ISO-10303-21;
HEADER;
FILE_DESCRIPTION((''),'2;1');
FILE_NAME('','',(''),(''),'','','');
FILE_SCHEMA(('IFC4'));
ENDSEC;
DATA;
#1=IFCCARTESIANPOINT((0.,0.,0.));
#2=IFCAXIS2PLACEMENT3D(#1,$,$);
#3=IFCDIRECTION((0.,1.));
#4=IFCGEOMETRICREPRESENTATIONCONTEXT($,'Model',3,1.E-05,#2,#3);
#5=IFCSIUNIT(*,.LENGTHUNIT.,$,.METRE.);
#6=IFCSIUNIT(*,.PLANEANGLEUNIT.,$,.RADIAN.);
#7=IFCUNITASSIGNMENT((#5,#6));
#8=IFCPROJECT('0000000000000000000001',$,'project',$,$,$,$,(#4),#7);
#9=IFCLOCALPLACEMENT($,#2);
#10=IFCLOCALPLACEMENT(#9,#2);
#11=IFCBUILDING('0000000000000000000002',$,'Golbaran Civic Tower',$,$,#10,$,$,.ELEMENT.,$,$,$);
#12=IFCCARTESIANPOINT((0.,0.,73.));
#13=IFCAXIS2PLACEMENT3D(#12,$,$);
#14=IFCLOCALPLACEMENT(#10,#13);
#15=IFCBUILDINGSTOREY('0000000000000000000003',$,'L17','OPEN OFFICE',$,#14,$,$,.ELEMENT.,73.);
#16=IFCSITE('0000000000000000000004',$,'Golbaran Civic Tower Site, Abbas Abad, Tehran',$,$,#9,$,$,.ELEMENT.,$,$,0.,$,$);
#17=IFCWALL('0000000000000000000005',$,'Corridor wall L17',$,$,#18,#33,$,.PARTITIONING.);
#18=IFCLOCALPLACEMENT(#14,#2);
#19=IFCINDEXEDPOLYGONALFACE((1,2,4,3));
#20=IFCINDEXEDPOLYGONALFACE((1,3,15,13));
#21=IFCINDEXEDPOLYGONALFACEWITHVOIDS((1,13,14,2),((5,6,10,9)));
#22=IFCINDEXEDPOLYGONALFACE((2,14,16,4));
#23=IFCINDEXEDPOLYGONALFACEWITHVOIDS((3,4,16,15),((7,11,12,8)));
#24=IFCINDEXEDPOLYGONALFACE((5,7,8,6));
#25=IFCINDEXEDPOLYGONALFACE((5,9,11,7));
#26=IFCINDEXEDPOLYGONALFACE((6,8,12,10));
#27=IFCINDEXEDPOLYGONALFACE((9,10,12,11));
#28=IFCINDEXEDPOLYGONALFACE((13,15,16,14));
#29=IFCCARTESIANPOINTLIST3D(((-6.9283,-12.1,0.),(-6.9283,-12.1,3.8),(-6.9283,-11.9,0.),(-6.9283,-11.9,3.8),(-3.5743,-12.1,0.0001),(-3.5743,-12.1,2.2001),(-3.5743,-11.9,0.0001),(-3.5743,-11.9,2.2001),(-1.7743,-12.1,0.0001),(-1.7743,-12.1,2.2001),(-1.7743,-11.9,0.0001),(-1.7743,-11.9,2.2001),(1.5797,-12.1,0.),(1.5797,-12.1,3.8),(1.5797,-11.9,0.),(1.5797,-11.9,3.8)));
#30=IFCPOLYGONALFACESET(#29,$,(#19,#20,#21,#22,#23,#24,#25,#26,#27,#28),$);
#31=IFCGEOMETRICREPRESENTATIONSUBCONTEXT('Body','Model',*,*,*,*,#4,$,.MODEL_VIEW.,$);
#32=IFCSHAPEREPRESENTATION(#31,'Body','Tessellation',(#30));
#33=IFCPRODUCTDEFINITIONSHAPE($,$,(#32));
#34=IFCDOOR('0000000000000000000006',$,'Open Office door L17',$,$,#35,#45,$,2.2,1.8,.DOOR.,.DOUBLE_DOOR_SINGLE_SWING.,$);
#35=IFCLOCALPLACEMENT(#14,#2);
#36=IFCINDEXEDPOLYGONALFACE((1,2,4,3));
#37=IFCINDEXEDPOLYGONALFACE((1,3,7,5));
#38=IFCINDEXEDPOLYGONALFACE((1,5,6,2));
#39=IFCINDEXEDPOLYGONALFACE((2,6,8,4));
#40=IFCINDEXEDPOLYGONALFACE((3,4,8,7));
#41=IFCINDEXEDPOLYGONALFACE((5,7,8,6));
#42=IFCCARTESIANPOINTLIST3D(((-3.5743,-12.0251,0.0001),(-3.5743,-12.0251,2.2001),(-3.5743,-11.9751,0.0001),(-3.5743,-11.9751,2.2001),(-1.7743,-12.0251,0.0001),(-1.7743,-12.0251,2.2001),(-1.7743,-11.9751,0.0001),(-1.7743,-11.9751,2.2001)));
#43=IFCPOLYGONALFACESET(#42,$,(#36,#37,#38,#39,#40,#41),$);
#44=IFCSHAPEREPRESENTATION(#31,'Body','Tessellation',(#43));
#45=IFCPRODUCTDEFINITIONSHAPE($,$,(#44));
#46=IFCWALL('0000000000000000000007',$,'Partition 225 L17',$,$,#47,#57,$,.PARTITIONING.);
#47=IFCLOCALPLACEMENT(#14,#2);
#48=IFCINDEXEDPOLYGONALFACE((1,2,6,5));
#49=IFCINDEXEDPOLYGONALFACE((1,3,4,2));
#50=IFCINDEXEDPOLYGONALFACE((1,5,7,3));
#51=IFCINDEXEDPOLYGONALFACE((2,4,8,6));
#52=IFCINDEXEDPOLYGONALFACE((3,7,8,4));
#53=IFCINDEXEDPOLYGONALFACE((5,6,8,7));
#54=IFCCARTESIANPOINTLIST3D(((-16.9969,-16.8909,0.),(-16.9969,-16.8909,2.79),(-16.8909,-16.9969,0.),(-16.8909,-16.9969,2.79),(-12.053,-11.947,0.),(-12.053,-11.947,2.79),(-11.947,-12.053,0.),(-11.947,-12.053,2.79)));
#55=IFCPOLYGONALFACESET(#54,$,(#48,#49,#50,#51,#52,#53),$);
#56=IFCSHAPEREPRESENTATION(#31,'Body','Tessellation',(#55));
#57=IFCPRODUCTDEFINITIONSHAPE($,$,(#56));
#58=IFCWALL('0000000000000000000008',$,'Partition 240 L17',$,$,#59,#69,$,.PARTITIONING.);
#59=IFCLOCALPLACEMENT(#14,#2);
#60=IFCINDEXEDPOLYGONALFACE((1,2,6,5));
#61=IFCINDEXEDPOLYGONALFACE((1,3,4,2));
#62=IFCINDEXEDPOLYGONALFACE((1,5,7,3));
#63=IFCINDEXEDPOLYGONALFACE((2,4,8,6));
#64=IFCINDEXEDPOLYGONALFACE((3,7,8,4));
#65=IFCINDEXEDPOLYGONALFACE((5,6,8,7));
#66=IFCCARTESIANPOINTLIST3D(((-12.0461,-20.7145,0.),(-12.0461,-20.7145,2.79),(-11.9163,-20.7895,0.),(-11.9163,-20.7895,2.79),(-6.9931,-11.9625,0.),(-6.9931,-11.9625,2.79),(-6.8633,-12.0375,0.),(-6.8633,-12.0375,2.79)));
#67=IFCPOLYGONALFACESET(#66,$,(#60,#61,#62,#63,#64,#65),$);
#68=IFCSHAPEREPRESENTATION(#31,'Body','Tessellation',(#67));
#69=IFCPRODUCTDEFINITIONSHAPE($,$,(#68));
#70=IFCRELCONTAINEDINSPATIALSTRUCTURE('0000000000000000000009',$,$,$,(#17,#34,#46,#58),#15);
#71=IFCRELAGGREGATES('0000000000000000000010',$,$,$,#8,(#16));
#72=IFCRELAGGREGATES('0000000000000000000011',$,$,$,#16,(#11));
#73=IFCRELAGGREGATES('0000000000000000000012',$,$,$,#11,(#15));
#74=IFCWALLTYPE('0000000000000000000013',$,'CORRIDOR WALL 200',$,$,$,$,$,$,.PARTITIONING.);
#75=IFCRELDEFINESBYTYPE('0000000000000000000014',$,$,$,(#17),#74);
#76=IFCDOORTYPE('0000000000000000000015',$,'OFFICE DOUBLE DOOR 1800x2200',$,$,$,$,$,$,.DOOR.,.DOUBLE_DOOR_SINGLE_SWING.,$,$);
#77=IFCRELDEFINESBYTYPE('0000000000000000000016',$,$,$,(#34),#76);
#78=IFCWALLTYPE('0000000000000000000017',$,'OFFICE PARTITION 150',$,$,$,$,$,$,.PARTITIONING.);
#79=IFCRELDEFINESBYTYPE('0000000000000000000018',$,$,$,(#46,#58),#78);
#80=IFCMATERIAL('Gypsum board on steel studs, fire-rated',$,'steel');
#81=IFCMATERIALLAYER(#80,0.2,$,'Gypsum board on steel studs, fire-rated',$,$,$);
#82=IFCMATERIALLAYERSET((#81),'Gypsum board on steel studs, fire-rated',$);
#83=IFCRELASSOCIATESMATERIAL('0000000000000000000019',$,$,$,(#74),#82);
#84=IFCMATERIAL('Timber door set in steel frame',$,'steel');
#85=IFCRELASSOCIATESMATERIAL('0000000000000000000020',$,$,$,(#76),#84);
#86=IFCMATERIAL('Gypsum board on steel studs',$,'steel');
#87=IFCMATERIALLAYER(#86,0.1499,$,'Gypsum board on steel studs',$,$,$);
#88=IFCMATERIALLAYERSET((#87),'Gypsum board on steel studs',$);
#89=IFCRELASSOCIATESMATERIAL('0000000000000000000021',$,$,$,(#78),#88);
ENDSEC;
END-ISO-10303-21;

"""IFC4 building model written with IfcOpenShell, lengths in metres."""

from ifc_helpers import new_model, si_unit, direction, frame, frame_2d, origin, place, context, subcontext, project, spatial, rectangle, extrude, material, layer, layer_set, type_object, element, fill, save


model = new_model("IFC4")

# Units and contexts
model_context = context("Model", 3, precision=1e-05, world=origin(), true_north=direction((0.0, 1.0)))
body_context = subcontext(model_context, "Body", "Model", "MODEL_VIEW")
ifc_project = project(units=[si_unit("LENGTHUNIT", "METRE"), si_unit("PLANEANGLEUNIT", "RADIAN")], contexts=[model_context])

# Site, building, storey
site_placement = place(None, origin())
site = spatial("IfcSite", under=ifc_project, at=site_placement, Name="Golbaran Civic Tower Site, Abbas Abad, Tehran", CompositionType="ELEMENT", RefElevation=0.0)
building_placement = place(site_placement, origin())
building = spatial("IfcBuilding", under=site, at=building_placement, Name="Golbaran Civic Tower", CompositionType="ELEMENT")
storey_placement = place(building_placement, frame((0.0, 0.0, 73.0)))
storey = spatial("IfcBuildingStorey", under=building, at=storey_placement, Name="L17", Description="OPEN OFFICE", CompositionType="ELEMENT", Elevation=73.0)

# Wall, opening, door
ifc_material_1 = material(Name="Timber door set in steel frame", Category="steel")
ifc_material_2 = material(Name="Gypsum board on steel studs, fire-rated", Category="steel")
ifc_layer_1 = layer(ifc_material_2, 0.2, Name="Gypsum board on steel studs, fire-rated")
ifc_layer_set_1 = layer_set([ifc_layer_1], Name="Gypsum board on steel studs, fire-rated")
wall_type_1 = type_object("IfcWallType", Name="CORRIDOR WALL 200", PredefinedType="PARTITIONING", material=ifc_layer_set_1)
wall_1_placement = place(storey_placement, frame((-6.9282, -12.0, 0.0), z_axis=(0.0, 0.0, 1.0), x_axis=(1.0, 0.0, 0.0)))
wall_1 = element("IfcWall", 1, at=wall_1_placement, inside=storey, type_object=wall_type_1, Name="Corridor wall L17", PredefinedType="PARTITIONING", context=body_context, shape_type="SweptSolid", body=[
    extrude(rectangle(XDim=8.5081, YDim=0.2, at=frame_2d((4.2539, 0.0))), origin(), (0.0, 0.0, 1.0), 3.8),
])
opening_1_placement = place(wall_1_placement, frame((3.354, 0.0, 0.0)))
opening_1 = element("IfcOpeningElement", 2, at=opening_1_placement, cuts=wall_1, PredefinedType="OPENING", context=body_context, shape_type="SweptSolid", body=[
    extrude(rectangle(XDim=1.8, YDim=2.2, at=frame_2d((0.8999, 1.1001))), frame((0.0, 0.1099, 0.0), z_axis=(0.0, -1.0, 0.0), x_axis=(1.0, 0.0, 0.0)), (0.0, 0.0, 1.0), 0.22),
])
door_type_1 = type_object("IfcDoorType", Name="OFFICE DOUBLE DOOR 1800x2200", OperationType="DOUBLE_DOOR_SINGLE_SWING", PredefinedType="DOOR", material=ifc_material_1)
door_1_placement = place(opening_1_placement, origin())
door_1 = element("IfcDoor", 3, at=door_1_placement, inside=storey, type_object=door_type_1, Name="Open Office door L17", OperationType="DOUBLE_DOOR_SINGLE_SWING", OverallHeight=2.2, OverallWidth=1.8, PredefinedType="DOOR", context=body_context, shape_type="SweptSolid", body=[
    extrude(rectangle(XDim=1.8, YDim=2.2, at=frame_2d((0.8999, 1.1001))), frame((0.0, 0.0249, 0.0), z_axis=(0.0, -1.0, 0.0), x_axis=(1.0, 0.0, 0.0)), (0.0, 0.0, 1.0), 0.05),
])
fill(opening_1, door_1)

# Walls
ifc_material_3 = material(Name="Gypsum board on steel studs", Category="steel")
ifc_layer_2 = layer(ifc_material_3, 0.1499, Name="Gypsum board on steel studs")
ifc_layer_set_2 = layer_set([ifc_layer_2], Name="Gypsum board on steel studs")
wall_type_2 = type_object("IfcWallType", Name="OFFICE PARTITION 150", PredefinedType="PARTITIONING", material=ifc_layer_set_2)
wall_2_placement = place(storey_placement, frame((-12.0, -12.0, 0.0), z_axis=(0.0, 0.0, 1.0), x_axis=(-0.707107, -0.707107, 0.0)))
element("IfcWall", 4, at=wall_2_placement, inside=storey, type_object=wall_type_2, Name="Partition 225 L17", PredefinedType="PARTITIONING", context=body_context, shape_type="SweptSolid", body=[
    extrude(rectangle(XDim=6.9917, YDim=0.1499, at=frame_2d((3.4958, 0.0))), origin(), (0.0, 0.0, 1.0), 2.79),
])
wall_3_placement = place(storey_placement, frame((-6.9282, -12.0, 0.0), z_axis=(0.0, 0.0, 1.0), x_axis=(-0.500003, -0.866024, 0.0)))
element("IfcWall", 5, at=wall_3_placement, inside=storey, type_object=wall_type_2, Name="Partition 240 L17", PredefinedType="PARTITIONING", context=body_context, shape_type="SweptSolid", body=[
    extrude(rectangle(XDim=10.106, YDim=0.1499, at=frame_2d((5.053, 0.0))), origin(), (0.0, 0.0, 1.0), 2.79),
])

save(model, "model.ifc")
